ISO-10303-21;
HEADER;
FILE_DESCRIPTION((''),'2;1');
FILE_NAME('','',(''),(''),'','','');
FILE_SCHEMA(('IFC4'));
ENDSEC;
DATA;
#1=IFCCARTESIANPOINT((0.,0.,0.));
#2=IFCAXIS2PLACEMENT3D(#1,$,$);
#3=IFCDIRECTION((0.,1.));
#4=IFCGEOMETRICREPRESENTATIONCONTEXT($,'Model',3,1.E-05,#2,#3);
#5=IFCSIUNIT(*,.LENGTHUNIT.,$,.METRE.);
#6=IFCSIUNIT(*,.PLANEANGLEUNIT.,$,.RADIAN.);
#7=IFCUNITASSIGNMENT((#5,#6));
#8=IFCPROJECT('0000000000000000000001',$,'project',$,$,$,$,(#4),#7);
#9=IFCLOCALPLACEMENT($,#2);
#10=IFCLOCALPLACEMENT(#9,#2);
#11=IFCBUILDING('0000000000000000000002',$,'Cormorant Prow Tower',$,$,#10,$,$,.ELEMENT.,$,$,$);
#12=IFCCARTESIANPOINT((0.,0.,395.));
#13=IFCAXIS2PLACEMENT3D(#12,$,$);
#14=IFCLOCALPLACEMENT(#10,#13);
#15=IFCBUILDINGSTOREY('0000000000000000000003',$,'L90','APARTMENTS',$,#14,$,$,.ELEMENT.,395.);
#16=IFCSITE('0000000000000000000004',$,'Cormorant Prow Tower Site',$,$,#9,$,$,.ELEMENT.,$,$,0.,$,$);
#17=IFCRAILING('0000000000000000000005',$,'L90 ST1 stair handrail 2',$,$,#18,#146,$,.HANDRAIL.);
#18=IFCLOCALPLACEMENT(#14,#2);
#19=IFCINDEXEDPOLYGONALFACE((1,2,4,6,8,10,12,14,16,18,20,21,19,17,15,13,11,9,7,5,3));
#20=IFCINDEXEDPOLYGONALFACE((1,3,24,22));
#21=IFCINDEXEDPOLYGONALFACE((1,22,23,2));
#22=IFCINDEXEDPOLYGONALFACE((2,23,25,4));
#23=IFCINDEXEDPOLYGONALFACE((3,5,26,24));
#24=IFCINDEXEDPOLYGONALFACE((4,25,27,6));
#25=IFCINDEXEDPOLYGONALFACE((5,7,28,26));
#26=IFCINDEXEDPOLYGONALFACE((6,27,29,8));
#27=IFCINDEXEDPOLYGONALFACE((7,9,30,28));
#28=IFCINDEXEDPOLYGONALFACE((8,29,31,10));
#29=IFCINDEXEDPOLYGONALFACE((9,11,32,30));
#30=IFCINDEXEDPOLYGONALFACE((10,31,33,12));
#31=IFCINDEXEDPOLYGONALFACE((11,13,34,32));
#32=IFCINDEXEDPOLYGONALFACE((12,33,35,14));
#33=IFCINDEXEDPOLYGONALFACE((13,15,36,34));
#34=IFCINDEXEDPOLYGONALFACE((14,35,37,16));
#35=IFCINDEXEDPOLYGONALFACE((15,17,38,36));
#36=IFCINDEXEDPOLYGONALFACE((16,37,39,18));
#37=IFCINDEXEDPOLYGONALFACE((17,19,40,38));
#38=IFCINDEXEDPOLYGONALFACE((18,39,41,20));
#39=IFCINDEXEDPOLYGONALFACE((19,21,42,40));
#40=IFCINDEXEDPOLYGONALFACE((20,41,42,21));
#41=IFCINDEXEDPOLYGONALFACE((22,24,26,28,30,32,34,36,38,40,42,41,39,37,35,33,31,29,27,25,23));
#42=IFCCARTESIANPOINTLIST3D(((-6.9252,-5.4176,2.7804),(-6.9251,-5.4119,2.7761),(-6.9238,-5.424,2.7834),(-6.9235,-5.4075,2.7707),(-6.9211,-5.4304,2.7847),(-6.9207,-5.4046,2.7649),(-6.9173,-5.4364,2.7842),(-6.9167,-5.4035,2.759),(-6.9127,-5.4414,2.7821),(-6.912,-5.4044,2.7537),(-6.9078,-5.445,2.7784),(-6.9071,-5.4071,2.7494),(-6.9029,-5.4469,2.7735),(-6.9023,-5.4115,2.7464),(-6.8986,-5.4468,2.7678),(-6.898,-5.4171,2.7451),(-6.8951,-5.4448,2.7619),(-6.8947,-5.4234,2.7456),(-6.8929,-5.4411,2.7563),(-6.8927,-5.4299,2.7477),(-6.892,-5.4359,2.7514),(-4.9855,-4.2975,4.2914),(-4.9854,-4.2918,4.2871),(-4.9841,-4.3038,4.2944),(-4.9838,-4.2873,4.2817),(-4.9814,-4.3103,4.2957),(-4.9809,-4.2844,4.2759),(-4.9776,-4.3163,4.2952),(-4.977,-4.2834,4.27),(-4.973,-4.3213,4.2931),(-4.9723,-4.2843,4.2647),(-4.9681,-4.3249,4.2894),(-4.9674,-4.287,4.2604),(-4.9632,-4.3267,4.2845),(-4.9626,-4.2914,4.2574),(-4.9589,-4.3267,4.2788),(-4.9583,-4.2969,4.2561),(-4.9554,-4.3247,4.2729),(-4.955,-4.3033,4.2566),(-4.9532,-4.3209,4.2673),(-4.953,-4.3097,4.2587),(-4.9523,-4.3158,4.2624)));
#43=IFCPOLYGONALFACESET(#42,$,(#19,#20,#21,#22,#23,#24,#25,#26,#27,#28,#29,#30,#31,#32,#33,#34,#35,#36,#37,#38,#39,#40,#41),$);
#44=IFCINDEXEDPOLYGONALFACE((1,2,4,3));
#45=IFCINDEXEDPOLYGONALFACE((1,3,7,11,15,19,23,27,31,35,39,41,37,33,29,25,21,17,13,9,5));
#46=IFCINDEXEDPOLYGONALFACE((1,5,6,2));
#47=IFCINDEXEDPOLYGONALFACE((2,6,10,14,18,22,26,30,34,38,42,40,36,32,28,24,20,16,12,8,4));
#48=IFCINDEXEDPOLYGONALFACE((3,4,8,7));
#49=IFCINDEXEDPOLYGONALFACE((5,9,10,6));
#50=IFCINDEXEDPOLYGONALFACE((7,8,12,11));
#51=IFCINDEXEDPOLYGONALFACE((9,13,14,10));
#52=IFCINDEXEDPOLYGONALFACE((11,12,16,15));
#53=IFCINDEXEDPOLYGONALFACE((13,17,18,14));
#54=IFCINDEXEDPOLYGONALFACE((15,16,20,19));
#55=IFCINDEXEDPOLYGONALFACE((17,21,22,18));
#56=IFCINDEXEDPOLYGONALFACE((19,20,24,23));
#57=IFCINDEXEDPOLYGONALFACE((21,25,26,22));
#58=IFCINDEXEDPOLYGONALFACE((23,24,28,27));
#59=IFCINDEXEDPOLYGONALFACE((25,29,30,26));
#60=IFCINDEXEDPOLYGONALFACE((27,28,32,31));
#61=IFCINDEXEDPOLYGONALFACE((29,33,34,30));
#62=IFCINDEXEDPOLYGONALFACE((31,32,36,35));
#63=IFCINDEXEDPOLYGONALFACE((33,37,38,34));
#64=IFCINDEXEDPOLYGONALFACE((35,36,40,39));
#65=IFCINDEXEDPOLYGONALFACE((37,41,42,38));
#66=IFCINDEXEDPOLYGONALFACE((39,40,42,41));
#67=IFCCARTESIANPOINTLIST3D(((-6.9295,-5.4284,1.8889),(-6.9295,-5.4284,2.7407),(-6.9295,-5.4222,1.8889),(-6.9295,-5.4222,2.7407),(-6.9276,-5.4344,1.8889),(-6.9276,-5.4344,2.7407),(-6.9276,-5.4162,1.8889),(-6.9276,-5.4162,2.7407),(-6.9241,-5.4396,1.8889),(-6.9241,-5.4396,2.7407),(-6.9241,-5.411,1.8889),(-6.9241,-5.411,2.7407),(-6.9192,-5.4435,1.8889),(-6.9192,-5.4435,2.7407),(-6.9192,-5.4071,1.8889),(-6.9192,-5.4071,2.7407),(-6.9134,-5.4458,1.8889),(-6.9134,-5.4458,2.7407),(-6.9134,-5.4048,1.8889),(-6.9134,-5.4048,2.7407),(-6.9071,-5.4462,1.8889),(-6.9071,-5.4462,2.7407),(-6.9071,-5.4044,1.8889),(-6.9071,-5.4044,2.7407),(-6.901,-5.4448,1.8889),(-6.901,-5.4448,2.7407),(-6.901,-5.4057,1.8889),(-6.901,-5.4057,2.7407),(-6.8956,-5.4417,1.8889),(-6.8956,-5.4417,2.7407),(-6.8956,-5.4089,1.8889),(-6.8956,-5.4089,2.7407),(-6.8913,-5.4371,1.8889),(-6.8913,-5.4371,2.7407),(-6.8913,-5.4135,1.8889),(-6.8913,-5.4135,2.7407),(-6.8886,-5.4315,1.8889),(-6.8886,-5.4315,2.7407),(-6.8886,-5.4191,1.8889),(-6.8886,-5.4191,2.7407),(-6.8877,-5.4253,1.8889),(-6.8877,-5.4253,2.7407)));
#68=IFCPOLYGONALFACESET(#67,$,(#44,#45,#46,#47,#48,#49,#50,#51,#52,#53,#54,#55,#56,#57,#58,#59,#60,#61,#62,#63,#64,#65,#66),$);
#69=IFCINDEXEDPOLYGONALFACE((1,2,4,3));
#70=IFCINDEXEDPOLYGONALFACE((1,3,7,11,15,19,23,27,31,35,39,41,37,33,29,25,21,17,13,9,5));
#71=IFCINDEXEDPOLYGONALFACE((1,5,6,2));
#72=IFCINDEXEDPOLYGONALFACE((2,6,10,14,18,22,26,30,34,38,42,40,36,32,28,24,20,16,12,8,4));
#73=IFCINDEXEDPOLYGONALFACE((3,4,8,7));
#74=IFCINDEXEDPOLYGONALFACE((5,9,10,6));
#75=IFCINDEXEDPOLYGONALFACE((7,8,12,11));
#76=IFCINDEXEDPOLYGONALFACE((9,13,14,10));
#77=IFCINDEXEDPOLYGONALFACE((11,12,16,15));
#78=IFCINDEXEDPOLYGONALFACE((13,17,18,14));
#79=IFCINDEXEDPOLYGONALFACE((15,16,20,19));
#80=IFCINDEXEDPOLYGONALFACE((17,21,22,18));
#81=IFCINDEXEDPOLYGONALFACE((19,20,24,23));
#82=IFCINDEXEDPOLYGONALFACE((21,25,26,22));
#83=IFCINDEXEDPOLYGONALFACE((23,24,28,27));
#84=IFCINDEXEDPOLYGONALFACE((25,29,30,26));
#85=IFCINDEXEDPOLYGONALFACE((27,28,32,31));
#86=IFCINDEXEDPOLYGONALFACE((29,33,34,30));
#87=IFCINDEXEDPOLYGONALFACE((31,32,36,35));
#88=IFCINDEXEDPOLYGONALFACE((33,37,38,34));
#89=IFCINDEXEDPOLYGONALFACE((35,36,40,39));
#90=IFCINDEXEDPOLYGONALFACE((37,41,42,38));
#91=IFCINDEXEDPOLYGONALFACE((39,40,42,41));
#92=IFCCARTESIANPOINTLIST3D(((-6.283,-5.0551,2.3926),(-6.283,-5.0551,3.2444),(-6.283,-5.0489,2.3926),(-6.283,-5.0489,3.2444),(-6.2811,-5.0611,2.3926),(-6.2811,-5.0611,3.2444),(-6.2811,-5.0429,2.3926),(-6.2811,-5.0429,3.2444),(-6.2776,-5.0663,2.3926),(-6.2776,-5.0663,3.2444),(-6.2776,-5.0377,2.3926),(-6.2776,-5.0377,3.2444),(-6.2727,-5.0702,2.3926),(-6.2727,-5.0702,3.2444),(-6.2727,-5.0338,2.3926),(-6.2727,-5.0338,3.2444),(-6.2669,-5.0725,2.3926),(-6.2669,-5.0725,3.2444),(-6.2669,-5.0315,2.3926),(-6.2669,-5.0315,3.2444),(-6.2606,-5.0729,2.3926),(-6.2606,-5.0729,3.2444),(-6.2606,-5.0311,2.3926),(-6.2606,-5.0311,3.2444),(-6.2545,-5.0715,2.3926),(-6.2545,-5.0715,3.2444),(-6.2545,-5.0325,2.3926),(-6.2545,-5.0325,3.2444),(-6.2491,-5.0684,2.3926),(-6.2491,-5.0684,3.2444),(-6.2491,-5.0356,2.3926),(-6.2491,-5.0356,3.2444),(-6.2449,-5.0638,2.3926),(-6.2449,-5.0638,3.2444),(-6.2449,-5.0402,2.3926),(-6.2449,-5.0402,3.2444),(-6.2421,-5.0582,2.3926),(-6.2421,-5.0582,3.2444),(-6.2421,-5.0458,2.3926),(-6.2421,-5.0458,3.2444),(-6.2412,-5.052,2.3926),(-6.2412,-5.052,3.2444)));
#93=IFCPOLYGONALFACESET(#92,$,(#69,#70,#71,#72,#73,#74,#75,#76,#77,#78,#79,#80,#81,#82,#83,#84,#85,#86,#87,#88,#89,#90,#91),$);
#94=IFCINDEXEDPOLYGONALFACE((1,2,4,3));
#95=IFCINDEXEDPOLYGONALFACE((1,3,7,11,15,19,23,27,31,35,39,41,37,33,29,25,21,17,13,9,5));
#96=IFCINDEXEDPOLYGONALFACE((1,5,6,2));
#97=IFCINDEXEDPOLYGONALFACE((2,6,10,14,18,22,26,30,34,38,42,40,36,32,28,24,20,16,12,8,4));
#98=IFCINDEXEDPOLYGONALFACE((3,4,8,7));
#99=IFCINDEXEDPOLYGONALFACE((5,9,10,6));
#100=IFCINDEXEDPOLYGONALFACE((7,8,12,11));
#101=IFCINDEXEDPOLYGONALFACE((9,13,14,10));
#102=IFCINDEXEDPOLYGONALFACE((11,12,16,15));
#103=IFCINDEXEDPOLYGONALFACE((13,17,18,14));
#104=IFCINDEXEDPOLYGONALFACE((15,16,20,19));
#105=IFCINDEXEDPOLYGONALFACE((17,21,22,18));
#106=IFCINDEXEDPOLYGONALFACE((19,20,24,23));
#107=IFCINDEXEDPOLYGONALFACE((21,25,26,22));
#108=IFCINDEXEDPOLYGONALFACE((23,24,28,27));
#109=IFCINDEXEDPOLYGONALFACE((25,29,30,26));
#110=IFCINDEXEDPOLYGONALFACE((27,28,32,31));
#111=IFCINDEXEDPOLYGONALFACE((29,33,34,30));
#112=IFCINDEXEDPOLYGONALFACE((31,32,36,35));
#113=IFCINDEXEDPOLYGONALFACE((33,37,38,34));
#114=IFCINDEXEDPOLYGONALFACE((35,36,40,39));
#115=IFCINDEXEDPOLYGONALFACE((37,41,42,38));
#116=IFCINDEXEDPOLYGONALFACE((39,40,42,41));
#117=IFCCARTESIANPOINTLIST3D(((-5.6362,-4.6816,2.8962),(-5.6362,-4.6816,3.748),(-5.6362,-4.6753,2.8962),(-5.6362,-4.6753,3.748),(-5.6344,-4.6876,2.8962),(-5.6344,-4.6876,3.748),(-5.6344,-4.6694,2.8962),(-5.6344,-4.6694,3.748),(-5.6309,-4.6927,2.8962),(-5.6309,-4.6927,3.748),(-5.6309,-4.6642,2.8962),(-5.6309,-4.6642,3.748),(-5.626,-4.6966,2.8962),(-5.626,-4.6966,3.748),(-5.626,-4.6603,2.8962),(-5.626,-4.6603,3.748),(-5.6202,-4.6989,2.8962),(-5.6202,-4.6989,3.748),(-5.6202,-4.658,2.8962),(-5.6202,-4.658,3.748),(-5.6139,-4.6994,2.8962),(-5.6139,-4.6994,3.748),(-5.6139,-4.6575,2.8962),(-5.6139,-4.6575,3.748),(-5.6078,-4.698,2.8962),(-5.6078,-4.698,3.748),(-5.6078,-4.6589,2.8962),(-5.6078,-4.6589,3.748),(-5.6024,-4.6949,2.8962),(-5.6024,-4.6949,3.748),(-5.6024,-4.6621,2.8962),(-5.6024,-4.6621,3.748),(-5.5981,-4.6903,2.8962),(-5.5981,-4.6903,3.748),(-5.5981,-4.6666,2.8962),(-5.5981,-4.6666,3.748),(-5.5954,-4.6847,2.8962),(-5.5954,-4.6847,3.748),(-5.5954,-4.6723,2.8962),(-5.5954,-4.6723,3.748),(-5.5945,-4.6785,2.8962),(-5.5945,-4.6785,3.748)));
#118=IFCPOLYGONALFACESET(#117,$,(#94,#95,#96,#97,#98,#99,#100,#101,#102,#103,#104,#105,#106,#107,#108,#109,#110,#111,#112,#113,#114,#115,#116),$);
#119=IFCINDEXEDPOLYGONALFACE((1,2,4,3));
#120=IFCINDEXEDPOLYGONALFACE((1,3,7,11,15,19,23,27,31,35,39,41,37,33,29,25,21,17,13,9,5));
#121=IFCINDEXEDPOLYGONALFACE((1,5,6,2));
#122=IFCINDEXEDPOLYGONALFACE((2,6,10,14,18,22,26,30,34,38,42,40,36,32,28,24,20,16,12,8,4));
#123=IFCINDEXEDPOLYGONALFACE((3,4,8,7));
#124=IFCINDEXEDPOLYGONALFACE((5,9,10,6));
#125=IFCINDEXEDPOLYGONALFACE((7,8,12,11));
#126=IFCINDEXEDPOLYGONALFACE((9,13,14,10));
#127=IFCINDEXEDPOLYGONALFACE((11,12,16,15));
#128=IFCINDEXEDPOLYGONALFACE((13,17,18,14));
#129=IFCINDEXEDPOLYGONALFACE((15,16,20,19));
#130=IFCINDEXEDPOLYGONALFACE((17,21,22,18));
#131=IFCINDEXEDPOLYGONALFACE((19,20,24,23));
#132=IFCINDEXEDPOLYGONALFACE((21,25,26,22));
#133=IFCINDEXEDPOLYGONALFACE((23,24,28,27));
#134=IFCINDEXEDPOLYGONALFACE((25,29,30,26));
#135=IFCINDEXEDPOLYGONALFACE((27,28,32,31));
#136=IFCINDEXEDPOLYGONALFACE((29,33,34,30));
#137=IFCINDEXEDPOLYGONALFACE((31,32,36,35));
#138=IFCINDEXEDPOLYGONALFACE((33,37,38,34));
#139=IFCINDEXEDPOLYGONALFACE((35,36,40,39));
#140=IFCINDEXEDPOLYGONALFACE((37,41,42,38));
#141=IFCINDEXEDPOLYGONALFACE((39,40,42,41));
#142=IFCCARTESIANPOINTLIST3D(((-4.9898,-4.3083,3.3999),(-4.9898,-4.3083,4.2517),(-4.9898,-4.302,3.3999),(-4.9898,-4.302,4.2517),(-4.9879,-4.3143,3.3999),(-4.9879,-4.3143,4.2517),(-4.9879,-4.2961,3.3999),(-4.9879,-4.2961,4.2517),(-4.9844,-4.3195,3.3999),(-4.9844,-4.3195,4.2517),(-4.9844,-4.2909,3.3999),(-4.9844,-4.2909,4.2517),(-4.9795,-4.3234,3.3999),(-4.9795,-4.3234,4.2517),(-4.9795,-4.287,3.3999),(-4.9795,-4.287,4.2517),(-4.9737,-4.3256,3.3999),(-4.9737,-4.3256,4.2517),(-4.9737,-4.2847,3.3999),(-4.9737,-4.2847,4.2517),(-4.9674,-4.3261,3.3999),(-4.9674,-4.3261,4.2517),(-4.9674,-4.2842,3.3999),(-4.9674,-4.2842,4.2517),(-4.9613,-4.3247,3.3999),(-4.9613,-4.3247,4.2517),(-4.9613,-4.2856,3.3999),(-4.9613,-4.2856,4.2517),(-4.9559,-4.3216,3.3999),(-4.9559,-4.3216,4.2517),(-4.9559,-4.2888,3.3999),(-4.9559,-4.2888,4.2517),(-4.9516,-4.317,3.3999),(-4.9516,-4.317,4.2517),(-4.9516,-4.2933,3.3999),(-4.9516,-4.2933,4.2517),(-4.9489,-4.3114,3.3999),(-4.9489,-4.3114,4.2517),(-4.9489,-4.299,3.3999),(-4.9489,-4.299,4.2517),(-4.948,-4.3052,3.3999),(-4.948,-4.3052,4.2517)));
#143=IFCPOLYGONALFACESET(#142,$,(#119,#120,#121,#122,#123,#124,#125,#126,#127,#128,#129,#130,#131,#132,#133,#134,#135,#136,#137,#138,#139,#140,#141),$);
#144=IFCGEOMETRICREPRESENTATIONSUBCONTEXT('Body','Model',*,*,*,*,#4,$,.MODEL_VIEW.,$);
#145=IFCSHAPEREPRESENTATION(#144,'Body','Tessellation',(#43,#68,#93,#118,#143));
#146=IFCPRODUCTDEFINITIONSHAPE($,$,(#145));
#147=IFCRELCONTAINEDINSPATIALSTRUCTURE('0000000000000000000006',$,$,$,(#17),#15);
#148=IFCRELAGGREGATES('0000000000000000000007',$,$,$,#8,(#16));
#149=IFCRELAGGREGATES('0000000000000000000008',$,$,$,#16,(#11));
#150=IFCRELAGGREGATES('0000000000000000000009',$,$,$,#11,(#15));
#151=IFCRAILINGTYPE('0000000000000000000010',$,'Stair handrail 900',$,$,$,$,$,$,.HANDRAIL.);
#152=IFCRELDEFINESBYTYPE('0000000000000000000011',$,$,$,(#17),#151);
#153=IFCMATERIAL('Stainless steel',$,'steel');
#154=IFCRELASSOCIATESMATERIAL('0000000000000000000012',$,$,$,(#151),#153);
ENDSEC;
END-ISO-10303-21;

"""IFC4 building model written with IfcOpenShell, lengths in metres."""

from ifc_helpers import new_model, si_unit, direction, frame, origin, origin_2d, place, context, subcontext, project, spatial, circle, extrude, material, type_object, element, save


model = new_model("IFC4")

# Units and contexts
model_context = context("Model", 3, precision=1e-05, world=origin(), true_north=direction((0.0, 1.0)))
body_context = subcontext(model_context, "Body", "Model", "MODEL_VIEW")
ifc_project = project(units=[si_unit("LENGTHUNIT", "METRE"), si_unit("PLANEANGLEUNIT", "RADIAN")], contexts=[model_context])

# Site, building, storey
site_placement = place(None, origin())
site = spatial("IfcSite", under=ifc_project, at=site_placement, Name="Cormorant Prow Tower Site", CompositionType="ELEMENT", RefElevation=0.0)
building_placement = place(site_placement, origin())
building = spatial("IfcBuilding", under=site, at=building_placement, Name="Cormorant Prow Tower", CompositionType="ELEMENT")
storey_placement = place(building_placement, frame((0.0, 0.0, 395.0)))
storey = spatial("IfcBuildingStorey", under=building, at=storey_placement, Name="L90", Description="APARTMENTS", CompositionType="ELEMENT", Elevation=395.0)

# Railing
ifc_material_1 = material(Name="Stainless steel", Category="steel")
railing_type = type_object("IfcRailingType", Name="Stair handrail 900", PredefinedType="HANDRAIL", material=ifc_material_1)
railing_placement = place(storey_placement, frame((-6.9087, -5.4253, 1.8889)))
element("IfcRailing", 1, at=railing_placement, inside=storey, type_object=railing_type, Name="L90 ST1 stair handrail 2", PredefinedType="HANDRAIL", context=body_context, shape_type="SweptSolid", body=[
    extrude(circle(Radius=0.0239, at=origin_2d()), frame((0.0, 0.0, 0.876), z_axis=(0.717906, 0.414569, 0.559235), x_axis=(-0.500078, 0.86598, 0.0)), (0.0, 0.0, 1.0), 2.7019),
    extrude(circle(Radius=0.021, at=origin_2d()), origin(), (0.0, 0.0, 1.0), 0.8518),
    extrude(circle(Radius=0.021, at=origin_2d()), frame((0.6465, 0.3733, 0.5037)), (0.0, 0.0, 1.0), 0.8518),
    extrude(circle(Radius=0.021, at=origin_2d()), frame((1.2932, 0.7468, 1.0073)), (0.0, 0.0, 1.0), 0.8518),
    extrude(circle(Radius=0.021, at=origin_2d()), frame((1.9397, 1.1201, 1.511)), (0.0, 0.0, 1.0), 0.8518),
])

save(model, "model.ifc")
